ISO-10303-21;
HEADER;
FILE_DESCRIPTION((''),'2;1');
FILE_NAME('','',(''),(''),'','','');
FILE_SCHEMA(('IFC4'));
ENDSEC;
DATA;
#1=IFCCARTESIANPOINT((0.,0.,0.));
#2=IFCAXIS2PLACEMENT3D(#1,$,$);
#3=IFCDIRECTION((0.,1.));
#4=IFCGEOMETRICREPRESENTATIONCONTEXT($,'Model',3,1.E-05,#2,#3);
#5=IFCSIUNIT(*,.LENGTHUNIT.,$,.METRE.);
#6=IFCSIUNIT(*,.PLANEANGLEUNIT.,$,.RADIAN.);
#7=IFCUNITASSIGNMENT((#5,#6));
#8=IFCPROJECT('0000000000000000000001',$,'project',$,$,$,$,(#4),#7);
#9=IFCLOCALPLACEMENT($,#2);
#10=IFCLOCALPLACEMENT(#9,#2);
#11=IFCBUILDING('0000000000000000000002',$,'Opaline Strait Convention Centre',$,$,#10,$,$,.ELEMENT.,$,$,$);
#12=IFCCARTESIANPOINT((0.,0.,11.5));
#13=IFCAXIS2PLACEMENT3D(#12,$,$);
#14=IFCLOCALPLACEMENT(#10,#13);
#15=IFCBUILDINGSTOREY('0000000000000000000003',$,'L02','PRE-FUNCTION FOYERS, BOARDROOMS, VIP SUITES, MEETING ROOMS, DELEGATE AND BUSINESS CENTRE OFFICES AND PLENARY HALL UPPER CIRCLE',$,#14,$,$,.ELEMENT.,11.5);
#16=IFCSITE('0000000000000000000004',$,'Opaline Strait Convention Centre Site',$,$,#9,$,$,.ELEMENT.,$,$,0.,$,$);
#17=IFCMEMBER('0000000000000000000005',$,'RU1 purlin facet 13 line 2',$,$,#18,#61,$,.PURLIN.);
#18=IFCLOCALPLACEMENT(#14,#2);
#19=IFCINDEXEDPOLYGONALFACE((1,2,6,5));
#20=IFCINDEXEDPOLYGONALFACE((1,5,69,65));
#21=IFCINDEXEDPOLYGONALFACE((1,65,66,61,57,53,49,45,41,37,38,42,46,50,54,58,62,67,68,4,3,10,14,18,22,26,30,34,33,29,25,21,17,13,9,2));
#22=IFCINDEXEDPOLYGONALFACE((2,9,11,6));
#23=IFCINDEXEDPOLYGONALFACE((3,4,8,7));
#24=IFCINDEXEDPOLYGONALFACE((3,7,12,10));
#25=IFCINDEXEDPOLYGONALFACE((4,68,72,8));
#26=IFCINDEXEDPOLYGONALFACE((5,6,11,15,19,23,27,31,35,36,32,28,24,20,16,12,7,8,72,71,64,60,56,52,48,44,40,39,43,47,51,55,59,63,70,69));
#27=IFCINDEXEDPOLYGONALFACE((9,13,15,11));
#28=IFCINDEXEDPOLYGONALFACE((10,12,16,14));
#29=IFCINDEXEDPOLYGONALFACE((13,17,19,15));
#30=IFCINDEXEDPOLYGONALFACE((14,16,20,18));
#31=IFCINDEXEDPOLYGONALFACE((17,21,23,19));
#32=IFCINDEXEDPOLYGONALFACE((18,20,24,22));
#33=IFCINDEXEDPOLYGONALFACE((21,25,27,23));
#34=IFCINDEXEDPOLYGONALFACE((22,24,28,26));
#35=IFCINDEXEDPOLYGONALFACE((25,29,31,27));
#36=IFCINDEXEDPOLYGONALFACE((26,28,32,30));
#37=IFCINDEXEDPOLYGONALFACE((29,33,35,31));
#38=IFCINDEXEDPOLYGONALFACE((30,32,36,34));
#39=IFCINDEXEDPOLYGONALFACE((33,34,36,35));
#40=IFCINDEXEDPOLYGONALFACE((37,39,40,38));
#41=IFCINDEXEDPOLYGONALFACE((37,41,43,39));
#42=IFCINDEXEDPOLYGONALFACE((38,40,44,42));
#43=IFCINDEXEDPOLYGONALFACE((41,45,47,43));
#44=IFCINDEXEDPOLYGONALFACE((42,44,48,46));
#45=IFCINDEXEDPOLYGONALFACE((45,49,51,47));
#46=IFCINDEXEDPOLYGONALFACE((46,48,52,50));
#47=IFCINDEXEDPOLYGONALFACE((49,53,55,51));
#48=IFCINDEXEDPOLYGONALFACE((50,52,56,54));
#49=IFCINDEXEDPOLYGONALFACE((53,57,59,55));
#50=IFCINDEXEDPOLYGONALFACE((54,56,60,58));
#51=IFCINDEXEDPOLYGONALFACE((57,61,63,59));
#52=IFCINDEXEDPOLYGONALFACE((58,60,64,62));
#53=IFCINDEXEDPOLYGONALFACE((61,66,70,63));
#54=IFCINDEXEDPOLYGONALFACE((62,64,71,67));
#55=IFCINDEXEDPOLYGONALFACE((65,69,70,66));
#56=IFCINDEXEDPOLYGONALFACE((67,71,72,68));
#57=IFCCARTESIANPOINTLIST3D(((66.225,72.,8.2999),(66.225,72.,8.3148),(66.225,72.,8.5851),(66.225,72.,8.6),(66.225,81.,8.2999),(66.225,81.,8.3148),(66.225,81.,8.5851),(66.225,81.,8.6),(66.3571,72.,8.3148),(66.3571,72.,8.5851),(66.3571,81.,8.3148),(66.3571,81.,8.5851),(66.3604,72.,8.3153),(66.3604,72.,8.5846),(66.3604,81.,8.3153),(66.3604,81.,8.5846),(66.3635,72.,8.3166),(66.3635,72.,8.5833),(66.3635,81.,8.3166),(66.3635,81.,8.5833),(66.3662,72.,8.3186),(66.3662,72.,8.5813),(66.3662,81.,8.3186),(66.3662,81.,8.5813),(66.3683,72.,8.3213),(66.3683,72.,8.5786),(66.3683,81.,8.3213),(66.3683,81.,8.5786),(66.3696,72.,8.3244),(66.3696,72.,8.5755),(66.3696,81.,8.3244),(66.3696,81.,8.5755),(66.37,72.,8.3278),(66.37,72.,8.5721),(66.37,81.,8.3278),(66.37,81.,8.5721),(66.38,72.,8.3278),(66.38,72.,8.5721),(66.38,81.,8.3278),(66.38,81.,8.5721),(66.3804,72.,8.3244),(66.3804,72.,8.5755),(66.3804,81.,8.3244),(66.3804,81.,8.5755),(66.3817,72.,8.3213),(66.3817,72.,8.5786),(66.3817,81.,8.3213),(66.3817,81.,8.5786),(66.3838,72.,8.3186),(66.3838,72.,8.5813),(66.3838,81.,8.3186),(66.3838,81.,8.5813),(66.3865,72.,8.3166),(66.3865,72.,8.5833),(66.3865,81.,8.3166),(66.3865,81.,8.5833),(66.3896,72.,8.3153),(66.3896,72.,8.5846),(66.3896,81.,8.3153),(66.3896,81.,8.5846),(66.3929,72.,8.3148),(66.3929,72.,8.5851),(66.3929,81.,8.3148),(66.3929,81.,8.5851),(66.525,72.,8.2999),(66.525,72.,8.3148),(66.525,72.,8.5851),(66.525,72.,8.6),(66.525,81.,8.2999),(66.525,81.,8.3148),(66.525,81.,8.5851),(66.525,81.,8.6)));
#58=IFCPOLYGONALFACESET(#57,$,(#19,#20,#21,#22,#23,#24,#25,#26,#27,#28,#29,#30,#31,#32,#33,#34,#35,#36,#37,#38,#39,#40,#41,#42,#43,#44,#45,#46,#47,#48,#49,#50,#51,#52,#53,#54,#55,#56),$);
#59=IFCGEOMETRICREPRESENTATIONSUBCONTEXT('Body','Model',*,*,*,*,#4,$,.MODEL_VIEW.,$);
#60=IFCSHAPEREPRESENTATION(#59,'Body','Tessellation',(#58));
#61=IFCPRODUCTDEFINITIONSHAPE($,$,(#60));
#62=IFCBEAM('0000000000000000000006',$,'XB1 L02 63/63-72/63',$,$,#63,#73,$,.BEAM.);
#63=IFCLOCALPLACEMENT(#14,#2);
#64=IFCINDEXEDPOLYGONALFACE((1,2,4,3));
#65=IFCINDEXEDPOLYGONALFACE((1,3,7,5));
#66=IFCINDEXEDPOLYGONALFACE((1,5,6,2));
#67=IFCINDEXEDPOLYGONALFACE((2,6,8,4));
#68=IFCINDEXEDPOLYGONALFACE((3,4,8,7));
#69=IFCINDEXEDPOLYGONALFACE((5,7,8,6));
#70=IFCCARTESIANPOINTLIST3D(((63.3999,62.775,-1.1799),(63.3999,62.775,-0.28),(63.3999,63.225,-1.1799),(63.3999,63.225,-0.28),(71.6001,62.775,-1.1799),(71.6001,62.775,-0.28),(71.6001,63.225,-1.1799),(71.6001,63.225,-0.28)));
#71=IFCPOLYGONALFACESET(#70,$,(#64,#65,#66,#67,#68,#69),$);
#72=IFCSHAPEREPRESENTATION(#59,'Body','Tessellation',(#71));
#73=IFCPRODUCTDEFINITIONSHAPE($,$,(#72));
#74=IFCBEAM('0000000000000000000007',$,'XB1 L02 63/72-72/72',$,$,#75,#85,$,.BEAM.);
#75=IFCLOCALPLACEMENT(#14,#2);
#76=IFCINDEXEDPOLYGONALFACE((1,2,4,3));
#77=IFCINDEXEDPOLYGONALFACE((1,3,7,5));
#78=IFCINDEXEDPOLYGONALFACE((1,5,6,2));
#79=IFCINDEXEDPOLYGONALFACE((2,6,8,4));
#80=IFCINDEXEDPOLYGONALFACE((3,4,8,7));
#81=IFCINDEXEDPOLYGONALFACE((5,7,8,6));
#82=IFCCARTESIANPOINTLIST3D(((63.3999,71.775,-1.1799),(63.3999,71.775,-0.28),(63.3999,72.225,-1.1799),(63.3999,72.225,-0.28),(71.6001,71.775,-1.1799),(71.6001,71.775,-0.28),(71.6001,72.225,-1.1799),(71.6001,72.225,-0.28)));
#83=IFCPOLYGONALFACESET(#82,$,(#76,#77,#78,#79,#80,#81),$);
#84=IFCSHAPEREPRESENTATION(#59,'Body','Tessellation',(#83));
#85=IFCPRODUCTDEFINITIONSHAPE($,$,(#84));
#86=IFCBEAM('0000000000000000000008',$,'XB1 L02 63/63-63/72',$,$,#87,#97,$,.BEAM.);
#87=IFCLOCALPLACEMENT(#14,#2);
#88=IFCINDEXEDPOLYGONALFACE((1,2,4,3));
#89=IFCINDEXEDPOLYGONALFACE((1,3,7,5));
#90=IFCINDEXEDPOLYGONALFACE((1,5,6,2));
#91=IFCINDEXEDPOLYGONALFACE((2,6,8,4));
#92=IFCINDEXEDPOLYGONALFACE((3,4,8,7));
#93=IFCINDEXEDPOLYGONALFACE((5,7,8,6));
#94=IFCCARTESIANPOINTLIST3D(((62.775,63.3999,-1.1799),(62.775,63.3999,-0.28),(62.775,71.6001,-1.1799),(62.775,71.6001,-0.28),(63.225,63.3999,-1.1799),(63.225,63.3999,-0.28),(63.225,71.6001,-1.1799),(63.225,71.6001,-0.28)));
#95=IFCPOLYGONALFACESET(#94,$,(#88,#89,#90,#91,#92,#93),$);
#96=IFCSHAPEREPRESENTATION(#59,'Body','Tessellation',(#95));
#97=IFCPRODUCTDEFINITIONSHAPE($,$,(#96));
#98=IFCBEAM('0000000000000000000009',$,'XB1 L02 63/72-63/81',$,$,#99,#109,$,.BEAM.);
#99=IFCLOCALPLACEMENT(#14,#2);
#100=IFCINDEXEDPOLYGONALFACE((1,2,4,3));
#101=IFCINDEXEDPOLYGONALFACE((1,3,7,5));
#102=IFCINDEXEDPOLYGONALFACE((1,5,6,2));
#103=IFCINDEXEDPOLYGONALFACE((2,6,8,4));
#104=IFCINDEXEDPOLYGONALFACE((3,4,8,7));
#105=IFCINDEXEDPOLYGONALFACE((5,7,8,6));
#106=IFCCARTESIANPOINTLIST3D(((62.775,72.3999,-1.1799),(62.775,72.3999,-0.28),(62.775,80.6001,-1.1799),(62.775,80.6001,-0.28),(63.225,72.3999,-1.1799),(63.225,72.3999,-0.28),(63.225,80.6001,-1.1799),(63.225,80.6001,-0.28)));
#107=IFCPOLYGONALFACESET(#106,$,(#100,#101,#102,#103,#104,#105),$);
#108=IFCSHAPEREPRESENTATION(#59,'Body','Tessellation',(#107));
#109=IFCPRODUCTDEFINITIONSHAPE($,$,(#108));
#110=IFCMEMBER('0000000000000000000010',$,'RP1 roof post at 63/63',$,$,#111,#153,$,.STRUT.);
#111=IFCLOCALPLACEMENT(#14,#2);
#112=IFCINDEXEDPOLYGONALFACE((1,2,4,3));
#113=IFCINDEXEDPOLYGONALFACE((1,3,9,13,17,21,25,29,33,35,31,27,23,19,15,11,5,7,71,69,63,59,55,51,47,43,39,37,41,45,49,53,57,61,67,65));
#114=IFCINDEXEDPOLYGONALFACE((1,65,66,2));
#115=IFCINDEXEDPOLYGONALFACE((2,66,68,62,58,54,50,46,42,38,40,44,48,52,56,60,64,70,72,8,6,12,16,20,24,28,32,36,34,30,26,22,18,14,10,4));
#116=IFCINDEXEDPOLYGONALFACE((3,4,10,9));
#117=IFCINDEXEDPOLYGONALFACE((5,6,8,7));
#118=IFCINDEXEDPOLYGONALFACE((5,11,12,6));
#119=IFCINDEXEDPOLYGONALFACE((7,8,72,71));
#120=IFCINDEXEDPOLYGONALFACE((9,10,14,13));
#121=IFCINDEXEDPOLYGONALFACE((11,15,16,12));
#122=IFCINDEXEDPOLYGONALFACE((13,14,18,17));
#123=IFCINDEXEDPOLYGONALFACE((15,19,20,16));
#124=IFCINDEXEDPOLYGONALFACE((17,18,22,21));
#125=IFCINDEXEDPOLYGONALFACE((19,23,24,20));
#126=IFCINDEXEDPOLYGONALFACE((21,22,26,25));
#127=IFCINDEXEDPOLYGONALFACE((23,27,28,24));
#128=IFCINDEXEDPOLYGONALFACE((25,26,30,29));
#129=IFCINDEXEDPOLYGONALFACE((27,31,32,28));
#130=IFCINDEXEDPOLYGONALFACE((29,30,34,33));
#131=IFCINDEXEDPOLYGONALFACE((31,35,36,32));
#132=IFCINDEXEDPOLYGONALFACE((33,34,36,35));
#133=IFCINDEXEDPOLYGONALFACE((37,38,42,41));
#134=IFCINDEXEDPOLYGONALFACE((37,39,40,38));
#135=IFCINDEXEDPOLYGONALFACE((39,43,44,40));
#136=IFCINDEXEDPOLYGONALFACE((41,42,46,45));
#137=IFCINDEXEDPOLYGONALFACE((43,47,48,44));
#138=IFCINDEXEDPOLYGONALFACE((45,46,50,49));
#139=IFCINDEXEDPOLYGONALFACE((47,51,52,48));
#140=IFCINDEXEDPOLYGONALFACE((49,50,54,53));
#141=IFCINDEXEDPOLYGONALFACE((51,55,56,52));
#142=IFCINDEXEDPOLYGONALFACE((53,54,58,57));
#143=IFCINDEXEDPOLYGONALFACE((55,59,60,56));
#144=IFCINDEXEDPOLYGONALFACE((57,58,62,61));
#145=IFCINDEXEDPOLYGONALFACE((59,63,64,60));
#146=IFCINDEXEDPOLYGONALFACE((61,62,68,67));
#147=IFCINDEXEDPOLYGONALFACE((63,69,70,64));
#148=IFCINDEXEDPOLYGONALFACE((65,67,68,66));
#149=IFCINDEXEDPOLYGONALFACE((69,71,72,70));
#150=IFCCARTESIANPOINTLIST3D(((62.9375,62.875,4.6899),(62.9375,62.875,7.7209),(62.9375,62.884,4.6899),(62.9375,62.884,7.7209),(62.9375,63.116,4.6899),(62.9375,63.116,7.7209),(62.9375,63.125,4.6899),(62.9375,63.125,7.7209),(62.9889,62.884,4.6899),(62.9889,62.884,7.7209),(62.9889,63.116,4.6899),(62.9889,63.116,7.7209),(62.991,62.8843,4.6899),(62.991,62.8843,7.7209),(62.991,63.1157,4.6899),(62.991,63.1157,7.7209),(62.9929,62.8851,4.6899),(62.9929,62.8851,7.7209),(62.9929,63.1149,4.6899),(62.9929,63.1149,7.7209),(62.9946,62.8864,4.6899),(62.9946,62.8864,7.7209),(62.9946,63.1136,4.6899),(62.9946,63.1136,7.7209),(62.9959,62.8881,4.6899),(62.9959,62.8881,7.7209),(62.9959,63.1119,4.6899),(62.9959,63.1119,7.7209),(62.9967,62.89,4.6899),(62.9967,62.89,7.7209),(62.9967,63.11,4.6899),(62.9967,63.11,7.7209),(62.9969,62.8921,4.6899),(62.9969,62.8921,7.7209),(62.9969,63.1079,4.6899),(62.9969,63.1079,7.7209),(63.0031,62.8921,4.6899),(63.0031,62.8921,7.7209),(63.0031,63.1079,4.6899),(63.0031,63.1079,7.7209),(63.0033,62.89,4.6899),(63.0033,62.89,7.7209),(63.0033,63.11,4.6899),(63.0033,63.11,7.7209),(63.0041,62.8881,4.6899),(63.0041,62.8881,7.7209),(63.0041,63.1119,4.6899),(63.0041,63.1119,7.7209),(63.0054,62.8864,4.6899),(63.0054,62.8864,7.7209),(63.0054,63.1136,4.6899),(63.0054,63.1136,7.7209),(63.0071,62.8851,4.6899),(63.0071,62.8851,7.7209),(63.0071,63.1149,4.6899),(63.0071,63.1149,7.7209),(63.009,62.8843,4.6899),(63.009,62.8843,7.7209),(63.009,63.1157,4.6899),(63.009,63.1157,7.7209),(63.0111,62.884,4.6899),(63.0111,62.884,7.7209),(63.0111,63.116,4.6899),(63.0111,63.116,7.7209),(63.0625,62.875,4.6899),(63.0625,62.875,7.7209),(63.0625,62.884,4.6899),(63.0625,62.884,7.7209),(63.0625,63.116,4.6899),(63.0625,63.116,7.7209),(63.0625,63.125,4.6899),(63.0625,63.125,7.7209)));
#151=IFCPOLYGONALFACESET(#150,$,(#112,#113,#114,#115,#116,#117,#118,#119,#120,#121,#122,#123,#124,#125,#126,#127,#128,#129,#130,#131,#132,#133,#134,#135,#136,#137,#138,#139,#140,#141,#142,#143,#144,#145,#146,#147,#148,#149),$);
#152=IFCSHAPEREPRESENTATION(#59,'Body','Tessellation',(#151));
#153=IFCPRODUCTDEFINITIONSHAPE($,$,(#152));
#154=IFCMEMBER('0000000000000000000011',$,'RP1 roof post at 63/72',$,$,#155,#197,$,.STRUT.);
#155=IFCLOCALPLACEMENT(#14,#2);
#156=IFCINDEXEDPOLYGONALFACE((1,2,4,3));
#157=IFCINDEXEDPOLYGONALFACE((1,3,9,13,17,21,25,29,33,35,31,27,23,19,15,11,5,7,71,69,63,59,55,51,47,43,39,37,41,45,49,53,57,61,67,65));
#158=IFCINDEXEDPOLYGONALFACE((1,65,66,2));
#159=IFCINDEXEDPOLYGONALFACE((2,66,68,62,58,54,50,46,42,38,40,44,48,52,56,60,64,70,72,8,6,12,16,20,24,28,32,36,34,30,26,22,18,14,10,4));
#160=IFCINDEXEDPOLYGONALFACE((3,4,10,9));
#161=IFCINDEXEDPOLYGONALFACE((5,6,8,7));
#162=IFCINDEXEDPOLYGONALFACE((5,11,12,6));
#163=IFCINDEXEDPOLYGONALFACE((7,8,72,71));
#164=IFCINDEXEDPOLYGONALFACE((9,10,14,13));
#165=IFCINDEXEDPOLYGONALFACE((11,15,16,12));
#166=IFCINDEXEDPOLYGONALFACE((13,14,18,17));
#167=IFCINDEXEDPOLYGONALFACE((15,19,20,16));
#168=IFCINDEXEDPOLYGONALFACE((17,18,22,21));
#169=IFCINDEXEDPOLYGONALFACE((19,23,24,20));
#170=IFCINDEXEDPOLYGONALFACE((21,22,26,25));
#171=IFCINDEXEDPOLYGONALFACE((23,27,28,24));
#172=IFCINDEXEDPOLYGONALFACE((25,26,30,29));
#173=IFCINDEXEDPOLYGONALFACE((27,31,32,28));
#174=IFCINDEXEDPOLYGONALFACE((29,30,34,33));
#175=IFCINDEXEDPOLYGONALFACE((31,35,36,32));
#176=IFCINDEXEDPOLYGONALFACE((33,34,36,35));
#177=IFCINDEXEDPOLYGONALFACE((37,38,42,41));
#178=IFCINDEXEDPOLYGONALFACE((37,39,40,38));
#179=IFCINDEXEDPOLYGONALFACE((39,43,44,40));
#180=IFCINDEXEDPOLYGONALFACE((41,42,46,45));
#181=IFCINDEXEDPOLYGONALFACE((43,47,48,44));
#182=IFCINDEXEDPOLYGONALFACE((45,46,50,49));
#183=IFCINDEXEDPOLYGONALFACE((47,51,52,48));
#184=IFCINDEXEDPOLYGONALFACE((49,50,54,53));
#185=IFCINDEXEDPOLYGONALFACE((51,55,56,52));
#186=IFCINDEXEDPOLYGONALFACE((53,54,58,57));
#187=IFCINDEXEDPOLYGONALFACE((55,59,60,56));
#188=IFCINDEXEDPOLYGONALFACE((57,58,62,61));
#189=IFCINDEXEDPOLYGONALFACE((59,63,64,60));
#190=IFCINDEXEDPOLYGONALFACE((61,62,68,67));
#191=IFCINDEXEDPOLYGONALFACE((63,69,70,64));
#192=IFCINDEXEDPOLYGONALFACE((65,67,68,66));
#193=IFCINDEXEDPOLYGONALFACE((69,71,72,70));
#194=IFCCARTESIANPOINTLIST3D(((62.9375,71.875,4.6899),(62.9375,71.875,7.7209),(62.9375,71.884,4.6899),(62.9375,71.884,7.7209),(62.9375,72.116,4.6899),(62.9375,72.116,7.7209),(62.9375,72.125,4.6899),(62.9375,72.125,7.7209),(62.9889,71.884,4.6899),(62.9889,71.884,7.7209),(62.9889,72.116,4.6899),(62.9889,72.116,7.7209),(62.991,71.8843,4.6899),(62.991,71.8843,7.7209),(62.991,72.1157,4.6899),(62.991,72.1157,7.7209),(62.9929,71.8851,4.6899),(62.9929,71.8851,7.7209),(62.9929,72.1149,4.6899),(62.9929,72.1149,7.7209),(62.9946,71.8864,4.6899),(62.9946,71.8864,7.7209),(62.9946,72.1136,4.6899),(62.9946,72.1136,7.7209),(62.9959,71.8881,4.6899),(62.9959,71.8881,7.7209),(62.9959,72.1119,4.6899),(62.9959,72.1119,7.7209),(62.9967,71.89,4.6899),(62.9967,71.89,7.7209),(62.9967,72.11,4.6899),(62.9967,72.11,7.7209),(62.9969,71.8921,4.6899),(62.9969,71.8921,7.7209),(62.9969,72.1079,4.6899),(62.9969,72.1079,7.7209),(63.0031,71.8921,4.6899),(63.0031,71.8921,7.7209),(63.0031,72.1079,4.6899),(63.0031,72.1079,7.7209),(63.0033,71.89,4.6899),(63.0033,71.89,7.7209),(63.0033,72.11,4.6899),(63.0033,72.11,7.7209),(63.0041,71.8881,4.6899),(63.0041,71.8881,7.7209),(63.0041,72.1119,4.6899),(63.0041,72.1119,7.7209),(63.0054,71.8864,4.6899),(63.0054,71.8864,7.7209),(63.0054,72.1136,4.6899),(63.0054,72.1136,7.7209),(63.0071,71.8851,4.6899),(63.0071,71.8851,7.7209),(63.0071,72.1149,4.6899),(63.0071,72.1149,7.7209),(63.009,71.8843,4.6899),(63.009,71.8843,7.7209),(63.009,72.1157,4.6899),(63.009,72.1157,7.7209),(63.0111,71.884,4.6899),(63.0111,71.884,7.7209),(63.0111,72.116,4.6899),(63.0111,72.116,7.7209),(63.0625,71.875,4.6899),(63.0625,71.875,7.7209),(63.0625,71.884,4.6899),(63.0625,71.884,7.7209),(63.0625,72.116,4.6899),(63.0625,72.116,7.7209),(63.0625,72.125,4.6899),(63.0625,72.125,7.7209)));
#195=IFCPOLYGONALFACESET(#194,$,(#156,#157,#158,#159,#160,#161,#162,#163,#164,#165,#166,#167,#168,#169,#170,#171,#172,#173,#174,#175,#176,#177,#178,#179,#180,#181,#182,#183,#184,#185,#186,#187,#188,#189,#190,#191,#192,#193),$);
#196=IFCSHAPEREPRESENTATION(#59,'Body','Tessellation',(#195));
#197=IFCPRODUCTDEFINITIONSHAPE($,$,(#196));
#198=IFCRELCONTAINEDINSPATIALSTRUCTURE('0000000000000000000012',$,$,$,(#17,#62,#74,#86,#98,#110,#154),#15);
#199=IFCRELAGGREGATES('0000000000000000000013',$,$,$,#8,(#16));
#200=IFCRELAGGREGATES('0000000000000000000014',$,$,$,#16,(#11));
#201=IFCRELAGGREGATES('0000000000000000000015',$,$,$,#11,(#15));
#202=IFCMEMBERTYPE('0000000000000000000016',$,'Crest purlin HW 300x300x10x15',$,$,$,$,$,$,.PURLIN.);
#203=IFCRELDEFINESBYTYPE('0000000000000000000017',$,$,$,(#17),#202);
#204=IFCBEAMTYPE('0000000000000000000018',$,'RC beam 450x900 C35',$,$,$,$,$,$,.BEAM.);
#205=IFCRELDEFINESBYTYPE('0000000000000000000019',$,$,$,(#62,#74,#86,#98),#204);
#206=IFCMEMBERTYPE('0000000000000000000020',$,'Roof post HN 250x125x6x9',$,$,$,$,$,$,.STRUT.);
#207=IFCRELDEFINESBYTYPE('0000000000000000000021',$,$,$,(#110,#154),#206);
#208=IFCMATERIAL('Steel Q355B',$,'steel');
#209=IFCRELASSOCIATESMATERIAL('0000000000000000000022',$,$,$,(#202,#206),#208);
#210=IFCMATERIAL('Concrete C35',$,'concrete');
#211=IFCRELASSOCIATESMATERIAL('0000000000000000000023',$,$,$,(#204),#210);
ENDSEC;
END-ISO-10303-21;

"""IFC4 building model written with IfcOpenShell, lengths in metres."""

from ifc_helpers import new_model, si_unit, direction, frame, origin, origin_2d, place, context, subcontext, project, spatial, rectangle, i_section, extrude, material, material_profile, profile_set, type_object, element, save


model = new_model("IFC4")

# Units and contexts
model_context = context("Model", 3, precision=1e-05, world=origin(), true_north=direction((0.0, 1.0)))
body_context = subcontext(model_context, "Body", "Model", "MODEL_VIEW")
ifc_project = project(units=[si_unit("LENGTHUNIT", "METRE"), si_unit("PLANEANGLEUNIT", "RADIAN")], contexts=[model_context])

# Site, building, storey
site_placement = place(None, origin())
site = spatial("IfcSite", under=ifc_project, at=site_placement, Name="Opaline Strait Convention Centre Site", CompositionType="ELEMENT", RefElevation=0.0)
building_placement = place(site_placement, origin())
building = spatial("IfcBuilding", under=site, at=building_placement, Name="Opaline Strait Convention Centre", CompositionType="ELEMENT")
storey_placement = place(building_placement, frame((0.0, 0.0, 11.5)))
storey = spatial("IfcBuildingStorey", under=building, at=storey_placement, Name="L02", Description="PRE-FUNCTION FOYERS, BOARDROOMS, VIP SUITES, MEETING ROOMS, DELEGATE AND BUSINESS CENTRE OFFICES AND PLENARY HALL UPPER CIRCLE", CompositionType="ELEMENT", Elevation=11.5)

# Member
ifc_material_1 = material(Name="Steel Q355B", Category="steel")
ifc_material_profile_1 = material_profile(ifc_material_1, i_section(OverallWidth=0.3, OverallDepth=0.3, WebThickness=0.01, FlangeThickness=0.0149, FilletRadius=0.0129, at=origin_2d()), Name="HW 300x300x10x15")
ifc_profile_set_1 = profile_set([ifc_material_profile_1], Name="Steel Q355B")
member_type_1 = type_object("IfcMemberType", Name="Crest purlin HW 300x300x10x15", PredefinedType="PURLIN", material=ifc_profile_set_1)
for number, where, z_axis, x_axis, name in (
    (1, (66.375, 72.0, 8.45), (0.0, 1.0, 0.0), (-1.0, 0.0, 0.0), "RU1 purlin facet 13 line 2"),
):
    element("IfcMember", number, at=place(storey_placement, frame(where, z_axis=z_axis, x_axis=x_axis)), inside=storey, type_object=member_type_1, Name=name, PredefinedType="PURLIN", context=body_context, shape_type="SweptSolid", body=[
        extrude(i_section(OverallWidth=0.3, OverallDepth=0.3, WebThickness=0.01, FlangeThickness=0.0149, FilletRadius=0.0129, at=origin_2d()), origin(), (0.0, 0.0, 1.0), 9.0),
    ])

# Beams
ifc_material_2 = material(Name="Concrete C35", Category="concrete")
ifc_material_profile_2 = material_profile(ifc_material_2, rectangle(XDim=0.45, YDim=0.8999, at=origin_2d()), Name="RC 450x900")
ifc_profile_set_2 = profile_set([ifc_material_profile_2], Name="Concrete C35")
beam_type = type_object("IfcBeamType", Name="RC beam 450x900 C35", PredefinedType="BEAM", material=ifc_profile_set_2)
for number, where, z_axis, x_axis, name in (
    (2, (63.3999, 63.0, -0.73), (1.0, 0.0, 0.0), (0.0, 1.0, 0.0), "XB1 L02 63/63-72/63"),
    (3, (63.3999, 72.0, -0.73), (1.0, 0.0, 0.0), (0.0, 1.0, 0.0), "XB1 L02 63/72-72/72"),
    (4, (63.0, 63.3999, -0.73), (0.0, 1.0, 0.0), (-1.0, 0.0, 0.0), "XB1 L02 63/63-63/72"),
    (5, (63.0, 72.3999, -0.73), (0.0, 1.0, 0.0), (-1.0, 0.0, 0.0), "XB1 L02 63/72-63/81"),
):
    element("IfcBeam", number, at=place(storey_placement, frame(where, z_axis=z_axis, x_axis=x_axis)), inside=storey, type_object=beam_type, Name=name, PredefinedType="BEAM", context=body_context, shape_type="SweptSolid", body=[
        extrude(rectangle(XDim=0.45, YDim=0.8999, at=origin_2d()), origin(), (0.0, 0.0, 1.0), 8.2002),
    ])

# Members
ifc_material_profile_3 = material_profile(ifc_material_1, i_section(OverallWidth=0.125, OverallDepth=0.25, WebThickness=0.0061, FlangeThickness=0.009, FilletRadius=0.0081, at=origin_2d()), Name="HN 250x125x6x9")
ifc_profile_set_3 = profile_set([ifc_material_profile_3], Name="Steel Q355B")
member_type_2 = type_object("IfcMemberType", Name="Roof post HN 250x125x6x9", PredefinedType="STRUT", material=ifc_profile_set_3)
for number, where, z_axis, x_axis, name in (
    (6, (63.0, 63.0, 4.6899), (0.0, 0.0, 1.0), (1.0, 0.0, 0.0), "RP1 roof post at 63/63"),
    (7, (63.0, 72.0, 4.6899), (0.0, 0.0, 1.0), (1.0, 0.0, 0.0), "RP1 roof post at 63/72"),
):
    element("IfcMember", number, at=place(storey_placement, frame(where, z_axis=z_axis, x_axis=x_axis)), inside=storey, type_object=member_type_2, Name=name, PredefinedType="STRUT", context=body_context, shape_type="SweptSolid", body=[
        extrude(i_section(OverallWidth=0.125, OverallDepth=0.25, WebThickness=0.0061, FlangeThickness=0.009, FilletRadius=0.0081, at=origin_2d()), origin(), (0.0, 0.0, 1.0), 3.031),
    ])

save(model, "model.ifc")
